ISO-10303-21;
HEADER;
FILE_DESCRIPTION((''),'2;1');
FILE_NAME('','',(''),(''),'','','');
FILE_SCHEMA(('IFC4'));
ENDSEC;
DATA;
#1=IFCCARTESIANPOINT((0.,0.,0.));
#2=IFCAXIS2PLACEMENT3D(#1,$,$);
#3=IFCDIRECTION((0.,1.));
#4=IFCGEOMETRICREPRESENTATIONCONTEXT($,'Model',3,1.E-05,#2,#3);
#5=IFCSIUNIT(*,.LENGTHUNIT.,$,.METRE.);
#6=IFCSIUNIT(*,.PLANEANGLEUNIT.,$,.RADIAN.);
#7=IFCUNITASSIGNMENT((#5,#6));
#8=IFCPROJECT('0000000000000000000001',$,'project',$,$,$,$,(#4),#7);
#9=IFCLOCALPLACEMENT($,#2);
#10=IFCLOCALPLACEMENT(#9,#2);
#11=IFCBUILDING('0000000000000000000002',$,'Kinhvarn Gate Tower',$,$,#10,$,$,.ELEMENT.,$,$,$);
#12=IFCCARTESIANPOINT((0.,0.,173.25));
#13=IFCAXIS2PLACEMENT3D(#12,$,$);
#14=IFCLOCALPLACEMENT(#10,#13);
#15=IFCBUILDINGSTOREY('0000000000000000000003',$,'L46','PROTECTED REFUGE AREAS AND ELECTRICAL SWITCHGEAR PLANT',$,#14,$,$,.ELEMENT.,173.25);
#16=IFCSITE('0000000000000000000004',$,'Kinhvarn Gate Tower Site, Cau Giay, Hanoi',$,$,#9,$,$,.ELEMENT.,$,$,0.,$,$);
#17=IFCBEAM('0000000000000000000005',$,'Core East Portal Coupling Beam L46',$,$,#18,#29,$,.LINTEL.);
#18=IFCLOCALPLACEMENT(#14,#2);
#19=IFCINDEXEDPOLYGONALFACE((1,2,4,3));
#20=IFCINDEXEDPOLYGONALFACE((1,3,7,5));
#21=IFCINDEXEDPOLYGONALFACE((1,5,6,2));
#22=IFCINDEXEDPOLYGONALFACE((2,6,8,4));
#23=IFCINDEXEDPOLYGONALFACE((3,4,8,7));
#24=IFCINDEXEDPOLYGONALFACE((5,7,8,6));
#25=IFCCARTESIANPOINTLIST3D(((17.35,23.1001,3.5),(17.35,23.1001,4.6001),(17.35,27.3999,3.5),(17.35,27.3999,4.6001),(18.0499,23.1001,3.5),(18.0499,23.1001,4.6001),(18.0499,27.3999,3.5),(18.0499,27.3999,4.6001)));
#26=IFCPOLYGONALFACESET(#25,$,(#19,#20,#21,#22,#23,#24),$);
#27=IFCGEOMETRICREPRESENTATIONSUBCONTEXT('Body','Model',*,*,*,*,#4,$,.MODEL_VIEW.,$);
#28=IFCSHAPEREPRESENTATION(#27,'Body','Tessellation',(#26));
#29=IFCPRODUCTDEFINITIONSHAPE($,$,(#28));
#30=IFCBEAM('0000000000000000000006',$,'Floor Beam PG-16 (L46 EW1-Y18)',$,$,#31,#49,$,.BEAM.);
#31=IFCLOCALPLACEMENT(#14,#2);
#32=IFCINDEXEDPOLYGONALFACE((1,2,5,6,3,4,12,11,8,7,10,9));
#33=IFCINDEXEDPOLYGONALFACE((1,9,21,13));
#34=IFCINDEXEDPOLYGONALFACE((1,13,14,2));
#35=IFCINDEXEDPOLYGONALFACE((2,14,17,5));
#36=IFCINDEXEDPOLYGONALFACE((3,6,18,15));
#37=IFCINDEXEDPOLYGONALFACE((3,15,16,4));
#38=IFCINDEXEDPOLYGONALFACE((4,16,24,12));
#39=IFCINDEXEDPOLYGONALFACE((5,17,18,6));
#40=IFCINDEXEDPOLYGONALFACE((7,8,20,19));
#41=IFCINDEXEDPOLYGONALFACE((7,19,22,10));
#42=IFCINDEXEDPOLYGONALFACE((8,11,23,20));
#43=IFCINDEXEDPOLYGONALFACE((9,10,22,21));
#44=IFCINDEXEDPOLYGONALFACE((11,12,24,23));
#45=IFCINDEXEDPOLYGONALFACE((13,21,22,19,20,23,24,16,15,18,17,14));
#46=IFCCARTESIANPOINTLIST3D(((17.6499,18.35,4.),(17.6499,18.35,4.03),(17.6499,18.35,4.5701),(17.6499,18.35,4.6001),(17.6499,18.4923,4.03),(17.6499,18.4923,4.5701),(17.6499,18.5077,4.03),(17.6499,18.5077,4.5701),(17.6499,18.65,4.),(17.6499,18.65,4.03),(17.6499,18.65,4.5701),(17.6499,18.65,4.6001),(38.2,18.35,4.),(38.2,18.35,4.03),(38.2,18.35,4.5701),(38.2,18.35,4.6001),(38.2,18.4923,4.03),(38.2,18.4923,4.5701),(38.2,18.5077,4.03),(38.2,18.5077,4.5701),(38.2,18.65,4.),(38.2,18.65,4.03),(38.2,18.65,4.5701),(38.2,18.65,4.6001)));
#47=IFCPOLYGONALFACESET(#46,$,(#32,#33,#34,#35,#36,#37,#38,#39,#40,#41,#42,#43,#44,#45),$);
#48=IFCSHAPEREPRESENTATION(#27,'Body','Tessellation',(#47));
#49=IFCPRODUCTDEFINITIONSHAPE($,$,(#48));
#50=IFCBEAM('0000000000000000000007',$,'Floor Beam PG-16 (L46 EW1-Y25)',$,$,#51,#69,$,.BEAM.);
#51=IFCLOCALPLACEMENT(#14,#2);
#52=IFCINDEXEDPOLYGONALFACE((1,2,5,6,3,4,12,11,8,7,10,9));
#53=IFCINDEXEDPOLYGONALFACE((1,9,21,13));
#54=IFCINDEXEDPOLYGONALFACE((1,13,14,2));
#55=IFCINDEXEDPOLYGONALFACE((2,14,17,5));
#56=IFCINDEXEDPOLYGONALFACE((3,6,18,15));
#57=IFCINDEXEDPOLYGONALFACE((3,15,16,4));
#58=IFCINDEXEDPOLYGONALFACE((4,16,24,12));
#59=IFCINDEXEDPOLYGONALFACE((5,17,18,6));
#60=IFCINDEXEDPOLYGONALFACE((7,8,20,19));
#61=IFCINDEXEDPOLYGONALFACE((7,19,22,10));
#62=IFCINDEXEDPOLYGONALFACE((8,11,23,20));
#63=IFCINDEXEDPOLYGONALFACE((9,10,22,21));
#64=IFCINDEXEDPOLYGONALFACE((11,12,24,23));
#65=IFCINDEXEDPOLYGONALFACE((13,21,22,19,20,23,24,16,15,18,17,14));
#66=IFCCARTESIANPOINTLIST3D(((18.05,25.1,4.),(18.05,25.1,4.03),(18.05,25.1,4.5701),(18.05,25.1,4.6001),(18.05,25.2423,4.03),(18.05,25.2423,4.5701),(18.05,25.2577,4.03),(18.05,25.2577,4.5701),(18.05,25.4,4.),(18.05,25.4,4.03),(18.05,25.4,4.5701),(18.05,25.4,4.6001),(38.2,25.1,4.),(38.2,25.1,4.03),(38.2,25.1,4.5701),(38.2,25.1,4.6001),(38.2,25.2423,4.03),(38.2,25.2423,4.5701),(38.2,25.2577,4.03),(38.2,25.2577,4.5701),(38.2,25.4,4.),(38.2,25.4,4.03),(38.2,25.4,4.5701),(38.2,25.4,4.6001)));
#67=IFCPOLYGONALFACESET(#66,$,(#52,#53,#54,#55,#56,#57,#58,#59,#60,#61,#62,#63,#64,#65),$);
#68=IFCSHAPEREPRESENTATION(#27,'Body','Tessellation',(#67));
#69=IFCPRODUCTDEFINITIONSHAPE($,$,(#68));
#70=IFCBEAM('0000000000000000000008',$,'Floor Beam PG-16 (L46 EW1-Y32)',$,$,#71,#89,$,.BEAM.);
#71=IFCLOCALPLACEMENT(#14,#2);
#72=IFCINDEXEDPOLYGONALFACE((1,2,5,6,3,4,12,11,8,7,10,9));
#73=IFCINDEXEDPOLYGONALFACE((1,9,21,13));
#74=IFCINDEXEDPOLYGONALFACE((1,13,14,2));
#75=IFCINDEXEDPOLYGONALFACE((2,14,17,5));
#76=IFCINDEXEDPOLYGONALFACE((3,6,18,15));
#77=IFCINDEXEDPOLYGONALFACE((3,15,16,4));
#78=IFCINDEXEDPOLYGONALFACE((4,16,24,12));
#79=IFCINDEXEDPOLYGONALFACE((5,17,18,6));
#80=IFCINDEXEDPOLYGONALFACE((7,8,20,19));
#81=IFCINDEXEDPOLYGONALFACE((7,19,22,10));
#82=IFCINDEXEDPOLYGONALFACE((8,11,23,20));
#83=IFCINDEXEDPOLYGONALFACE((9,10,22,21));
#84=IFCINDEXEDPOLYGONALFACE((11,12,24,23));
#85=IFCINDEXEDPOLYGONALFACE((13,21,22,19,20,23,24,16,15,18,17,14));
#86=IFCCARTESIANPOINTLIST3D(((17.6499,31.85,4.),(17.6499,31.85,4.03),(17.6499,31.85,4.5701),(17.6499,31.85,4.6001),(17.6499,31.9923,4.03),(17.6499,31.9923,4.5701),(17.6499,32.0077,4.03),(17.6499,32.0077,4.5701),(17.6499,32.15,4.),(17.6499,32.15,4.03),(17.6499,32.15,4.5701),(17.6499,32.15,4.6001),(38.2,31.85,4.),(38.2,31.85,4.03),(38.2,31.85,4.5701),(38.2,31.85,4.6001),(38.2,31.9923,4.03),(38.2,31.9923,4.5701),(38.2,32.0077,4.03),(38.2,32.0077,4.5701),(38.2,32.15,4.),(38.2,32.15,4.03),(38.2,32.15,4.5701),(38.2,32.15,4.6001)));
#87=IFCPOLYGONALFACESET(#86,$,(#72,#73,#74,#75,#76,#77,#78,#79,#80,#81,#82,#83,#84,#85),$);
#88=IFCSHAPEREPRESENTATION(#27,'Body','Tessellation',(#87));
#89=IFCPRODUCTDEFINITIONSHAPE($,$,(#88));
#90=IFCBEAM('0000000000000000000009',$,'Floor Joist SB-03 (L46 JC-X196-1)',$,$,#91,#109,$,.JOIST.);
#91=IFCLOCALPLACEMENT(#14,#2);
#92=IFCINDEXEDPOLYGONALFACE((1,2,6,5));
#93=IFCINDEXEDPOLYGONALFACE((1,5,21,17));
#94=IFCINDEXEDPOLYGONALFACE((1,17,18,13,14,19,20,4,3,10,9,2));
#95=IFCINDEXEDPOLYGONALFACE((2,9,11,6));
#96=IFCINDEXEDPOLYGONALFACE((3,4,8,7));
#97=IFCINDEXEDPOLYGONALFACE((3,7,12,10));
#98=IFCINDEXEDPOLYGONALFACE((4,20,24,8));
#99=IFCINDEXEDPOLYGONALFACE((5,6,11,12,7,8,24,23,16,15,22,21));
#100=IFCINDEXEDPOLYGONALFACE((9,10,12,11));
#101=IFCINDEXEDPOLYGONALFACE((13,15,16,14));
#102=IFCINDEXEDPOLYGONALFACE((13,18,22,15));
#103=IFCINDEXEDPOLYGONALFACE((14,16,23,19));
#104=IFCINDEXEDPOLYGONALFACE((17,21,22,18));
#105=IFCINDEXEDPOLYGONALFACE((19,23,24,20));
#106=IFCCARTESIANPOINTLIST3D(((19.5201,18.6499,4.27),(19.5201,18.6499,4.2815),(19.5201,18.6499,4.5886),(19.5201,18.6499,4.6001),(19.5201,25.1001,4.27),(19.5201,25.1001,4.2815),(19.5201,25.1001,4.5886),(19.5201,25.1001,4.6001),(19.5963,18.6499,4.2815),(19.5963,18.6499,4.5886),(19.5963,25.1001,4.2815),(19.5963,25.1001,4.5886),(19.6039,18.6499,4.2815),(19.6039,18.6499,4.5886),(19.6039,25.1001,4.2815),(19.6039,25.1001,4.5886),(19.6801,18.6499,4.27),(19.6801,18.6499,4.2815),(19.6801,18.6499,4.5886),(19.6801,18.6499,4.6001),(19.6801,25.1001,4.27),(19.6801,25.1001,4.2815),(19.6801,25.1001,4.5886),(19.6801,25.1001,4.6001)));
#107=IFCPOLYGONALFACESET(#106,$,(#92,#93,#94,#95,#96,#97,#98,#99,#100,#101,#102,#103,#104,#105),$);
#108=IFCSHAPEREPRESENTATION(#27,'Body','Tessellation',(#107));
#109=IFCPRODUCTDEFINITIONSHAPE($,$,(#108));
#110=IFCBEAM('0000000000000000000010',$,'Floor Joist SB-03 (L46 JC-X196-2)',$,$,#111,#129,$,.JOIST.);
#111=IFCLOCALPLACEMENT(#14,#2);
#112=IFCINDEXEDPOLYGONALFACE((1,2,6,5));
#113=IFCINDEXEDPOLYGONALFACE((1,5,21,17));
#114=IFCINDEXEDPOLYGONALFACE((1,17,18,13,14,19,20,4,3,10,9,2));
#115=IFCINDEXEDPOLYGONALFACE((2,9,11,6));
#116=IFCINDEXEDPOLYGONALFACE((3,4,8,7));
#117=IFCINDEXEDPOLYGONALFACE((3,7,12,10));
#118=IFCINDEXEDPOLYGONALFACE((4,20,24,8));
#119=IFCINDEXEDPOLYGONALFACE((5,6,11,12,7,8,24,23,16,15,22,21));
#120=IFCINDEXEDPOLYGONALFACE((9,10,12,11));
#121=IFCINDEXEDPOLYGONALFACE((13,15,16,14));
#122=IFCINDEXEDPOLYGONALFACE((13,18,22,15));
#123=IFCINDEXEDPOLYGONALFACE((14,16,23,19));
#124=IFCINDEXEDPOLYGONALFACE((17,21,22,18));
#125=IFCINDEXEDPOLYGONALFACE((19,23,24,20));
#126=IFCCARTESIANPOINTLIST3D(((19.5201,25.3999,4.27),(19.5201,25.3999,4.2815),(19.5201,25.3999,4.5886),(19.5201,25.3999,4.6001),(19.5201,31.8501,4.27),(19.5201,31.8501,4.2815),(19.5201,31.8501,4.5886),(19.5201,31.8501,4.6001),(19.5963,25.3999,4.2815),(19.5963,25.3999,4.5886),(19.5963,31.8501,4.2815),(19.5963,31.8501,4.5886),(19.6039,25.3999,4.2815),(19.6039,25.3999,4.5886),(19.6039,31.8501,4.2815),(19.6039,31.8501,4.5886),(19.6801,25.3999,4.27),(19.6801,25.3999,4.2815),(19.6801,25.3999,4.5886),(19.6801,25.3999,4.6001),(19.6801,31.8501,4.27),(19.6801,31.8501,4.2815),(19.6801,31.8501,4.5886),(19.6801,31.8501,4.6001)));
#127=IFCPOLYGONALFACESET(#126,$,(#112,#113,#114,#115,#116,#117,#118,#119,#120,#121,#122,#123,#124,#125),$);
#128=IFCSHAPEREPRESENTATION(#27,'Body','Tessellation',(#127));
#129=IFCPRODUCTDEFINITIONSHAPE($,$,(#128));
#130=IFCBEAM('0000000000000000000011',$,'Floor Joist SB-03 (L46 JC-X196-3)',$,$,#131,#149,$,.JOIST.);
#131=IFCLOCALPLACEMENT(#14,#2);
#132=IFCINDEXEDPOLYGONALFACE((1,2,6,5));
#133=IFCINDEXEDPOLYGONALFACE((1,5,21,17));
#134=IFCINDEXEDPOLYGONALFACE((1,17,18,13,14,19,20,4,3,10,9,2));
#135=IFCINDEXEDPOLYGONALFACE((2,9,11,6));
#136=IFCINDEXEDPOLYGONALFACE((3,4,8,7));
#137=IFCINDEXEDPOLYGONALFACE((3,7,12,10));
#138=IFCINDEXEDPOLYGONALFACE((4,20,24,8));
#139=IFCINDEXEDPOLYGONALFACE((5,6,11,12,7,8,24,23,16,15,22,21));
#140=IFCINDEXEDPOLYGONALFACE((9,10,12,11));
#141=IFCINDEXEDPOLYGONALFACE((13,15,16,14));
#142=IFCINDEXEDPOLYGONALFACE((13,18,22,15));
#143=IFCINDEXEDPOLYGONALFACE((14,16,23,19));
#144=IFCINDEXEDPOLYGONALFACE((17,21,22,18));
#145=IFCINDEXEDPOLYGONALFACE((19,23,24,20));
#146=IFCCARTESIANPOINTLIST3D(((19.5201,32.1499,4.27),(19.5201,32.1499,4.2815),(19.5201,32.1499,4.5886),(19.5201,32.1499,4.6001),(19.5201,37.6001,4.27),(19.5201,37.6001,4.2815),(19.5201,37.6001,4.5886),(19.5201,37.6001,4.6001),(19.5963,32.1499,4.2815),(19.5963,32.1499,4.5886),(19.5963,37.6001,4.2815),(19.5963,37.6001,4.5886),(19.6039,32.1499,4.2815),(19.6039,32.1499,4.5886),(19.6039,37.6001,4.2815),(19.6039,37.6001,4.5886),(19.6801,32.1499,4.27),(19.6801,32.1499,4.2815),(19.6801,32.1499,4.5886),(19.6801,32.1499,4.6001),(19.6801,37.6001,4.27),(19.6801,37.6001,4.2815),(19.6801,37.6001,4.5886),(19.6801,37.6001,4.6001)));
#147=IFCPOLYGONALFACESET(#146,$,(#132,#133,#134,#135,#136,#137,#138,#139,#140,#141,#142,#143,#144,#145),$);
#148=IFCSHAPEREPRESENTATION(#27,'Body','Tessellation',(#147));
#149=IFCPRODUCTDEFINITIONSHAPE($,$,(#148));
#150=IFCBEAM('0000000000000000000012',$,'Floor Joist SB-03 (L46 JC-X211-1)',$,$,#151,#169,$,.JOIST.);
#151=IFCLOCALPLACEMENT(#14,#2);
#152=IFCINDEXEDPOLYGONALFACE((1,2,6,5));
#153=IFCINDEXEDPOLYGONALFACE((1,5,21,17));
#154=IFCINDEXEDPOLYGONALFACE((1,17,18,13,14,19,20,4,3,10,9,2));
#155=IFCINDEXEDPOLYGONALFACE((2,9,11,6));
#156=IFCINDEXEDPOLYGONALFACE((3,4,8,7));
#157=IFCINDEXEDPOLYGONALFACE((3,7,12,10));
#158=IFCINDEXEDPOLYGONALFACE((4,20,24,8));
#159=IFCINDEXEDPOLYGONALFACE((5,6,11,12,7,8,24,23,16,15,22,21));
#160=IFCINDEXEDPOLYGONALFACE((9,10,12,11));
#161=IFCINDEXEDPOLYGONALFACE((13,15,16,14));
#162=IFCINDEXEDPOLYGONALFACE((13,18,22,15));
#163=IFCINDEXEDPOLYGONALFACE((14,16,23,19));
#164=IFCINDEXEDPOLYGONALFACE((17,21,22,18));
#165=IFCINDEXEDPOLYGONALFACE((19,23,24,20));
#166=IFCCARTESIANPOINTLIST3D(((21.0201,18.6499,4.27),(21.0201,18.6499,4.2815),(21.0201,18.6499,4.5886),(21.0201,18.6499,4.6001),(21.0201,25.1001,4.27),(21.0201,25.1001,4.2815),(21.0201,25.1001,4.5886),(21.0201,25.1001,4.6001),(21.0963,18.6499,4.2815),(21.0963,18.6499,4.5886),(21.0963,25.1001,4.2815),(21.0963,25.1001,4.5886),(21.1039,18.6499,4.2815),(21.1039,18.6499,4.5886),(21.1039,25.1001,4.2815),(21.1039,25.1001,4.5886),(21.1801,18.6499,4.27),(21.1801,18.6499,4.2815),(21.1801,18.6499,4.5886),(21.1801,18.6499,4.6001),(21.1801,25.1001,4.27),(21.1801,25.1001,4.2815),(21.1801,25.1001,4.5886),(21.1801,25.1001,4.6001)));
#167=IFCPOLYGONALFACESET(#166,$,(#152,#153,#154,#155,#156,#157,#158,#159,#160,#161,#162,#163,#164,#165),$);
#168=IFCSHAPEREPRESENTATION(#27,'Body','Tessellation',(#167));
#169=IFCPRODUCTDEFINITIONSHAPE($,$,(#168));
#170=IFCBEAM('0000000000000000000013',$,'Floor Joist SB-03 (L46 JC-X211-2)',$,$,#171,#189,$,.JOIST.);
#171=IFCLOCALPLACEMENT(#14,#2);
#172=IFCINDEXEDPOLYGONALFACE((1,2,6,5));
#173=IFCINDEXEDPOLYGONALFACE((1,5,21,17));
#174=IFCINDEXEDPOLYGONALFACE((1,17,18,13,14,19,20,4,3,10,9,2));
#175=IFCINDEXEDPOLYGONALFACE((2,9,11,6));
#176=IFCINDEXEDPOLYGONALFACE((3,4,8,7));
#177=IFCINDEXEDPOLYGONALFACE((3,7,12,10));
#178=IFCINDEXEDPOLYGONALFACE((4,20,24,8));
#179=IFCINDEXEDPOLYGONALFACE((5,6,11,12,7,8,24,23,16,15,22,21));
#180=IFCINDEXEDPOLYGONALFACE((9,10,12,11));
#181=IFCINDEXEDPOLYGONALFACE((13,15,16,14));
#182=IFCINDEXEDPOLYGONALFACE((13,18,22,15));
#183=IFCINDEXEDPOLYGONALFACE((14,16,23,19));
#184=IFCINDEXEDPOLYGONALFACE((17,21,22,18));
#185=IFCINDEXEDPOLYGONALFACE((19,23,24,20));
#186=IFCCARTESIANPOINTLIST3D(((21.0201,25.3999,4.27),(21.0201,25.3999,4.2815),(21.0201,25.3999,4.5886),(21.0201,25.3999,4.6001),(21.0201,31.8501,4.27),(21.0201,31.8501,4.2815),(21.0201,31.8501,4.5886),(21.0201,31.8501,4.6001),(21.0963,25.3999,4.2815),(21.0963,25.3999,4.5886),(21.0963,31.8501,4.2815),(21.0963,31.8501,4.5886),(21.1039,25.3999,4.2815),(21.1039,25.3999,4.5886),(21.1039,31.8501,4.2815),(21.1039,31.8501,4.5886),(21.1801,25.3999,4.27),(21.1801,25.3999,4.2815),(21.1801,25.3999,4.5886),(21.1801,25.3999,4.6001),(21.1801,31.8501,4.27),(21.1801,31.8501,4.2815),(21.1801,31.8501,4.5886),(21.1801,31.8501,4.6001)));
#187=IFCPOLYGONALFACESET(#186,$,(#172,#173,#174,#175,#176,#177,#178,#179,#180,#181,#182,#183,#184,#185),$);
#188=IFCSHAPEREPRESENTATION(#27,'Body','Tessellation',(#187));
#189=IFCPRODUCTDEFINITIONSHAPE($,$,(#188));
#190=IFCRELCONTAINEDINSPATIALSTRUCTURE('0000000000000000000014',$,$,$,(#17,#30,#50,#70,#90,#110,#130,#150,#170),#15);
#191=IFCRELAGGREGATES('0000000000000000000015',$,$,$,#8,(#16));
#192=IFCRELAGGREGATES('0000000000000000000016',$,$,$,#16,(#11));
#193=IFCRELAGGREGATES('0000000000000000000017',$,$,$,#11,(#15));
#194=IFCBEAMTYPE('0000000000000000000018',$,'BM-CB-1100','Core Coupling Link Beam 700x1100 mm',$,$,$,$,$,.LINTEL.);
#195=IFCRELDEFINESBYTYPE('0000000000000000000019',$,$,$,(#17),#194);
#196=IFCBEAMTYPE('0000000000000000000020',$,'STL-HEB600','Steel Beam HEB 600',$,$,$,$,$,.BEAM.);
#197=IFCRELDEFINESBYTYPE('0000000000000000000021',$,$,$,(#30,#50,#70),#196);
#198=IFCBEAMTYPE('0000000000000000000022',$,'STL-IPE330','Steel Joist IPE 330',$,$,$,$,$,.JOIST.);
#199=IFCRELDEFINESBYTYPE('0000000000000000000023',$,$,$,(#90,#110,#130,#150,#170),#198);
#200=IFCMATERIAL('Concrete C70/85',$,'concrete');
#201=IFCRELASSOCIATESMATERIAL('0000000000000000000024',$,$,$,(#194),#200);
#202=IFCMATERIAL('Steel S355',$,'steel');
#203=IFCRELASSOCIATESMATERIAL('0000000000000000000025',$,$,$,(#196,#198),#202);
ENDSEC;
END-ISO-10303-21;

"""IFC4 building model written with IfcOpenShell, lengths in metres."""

from ifc_helpers import new_model, si_unit, direction, frame, origin, origin_2d, place, context, subcontext, project, spatial, rectangle, i_section, extrude, material, material_profile, profile_set, type_object, element, save


model = new_model("IFC4")

# Units and contexts
model_context = context("Model", 3, precision=1e-05, world=origin(), true_north=direction((0.0, 1.0)))
body_context = subcontext(model_context, "Body", "Model", "MODEL_VIEW")
ifc_project = project(units=[si_unit("LENGTHUNIT", "METRE"), si_unit("PLANEANGLEUNIT", "RADIAN")], contexts=[model_context])

# Site, building, storey
site_placement = place(None, origin())
site = spatial("IfcSite", under=ifc_project, at=site_placement, Name="Kinhvarn Gate Tower Site, Cau Giay, Hanoi", CompositionType="ELEMENT", RefElevation=0.0)
building_placement = place(site_placement, origin())
building = spatial("IfcBuilding", under=site, at=building_placement, Name="Kinhvarn Gate Tower", CompositionType="ELEMENT")
storey_placement = place(building_placement, frame((0.0, 0.0, 173.25)))
storey = spatial("IfcBuildingStorey", under=building, at=storey_placement, Name="L46", Description="PROTECTED REFUGE AREAS AND ELECTRICAL SWITCHGEAR PLANT", CompositionType="ELEMENT", Elevation=173.25)

# Beams
ifc_material_1 = material(Name="Concrete C70/85", Category="concrete")
ifc_material_profile_1 = material_profile(ifc_material_1, rectangle(XDim=0.7, YDim=1.1001, at=origin_2d()), Name="RC 700x1100")
ifc_profile_set_1 = profile_set([ifc_material_profile_1], Name="Concrete C70/85")
beam_type_1 = type_object("IfcBeamType", Name="BM-CB-1100", Description="Core Coupling Link Beam 700x1100 mm", PredefinedType="LINTEL", material=ifc_profile_set_1)
beam_1_placement = place(storey_placement, frame((17.7, 23.1001, 4.05), z_axis=(0.0, 1.0, 0.0), x_axis=(-1.0, 0.0, 0.0)))
element("IfcBeam", 1, at=beam_1_placement, inside=storey, type_object=beam_type_1, Name="Core East Portal Coupling Beam L46", PredefinedType="LINTEL", context=body_context, shape_type="SweptSolid", body=[
    extrude(rectangle(XDim=0.7, YDim=1.1001, at=origin_2d()), origin(), (0.0, 0.0, 1.0), 4.2998),
])
ifc_material_2 = material(Name="Steel S355", Category="steel")
ifc_material_profile_2 = material_profile(ifc_material_2, i_section(OverallWidth=0.3, OverallDepth=0.6001, WebThickness=0.0154, FlangeThickness=0.03, at=origin_2d()), Name="HEB 600")
ifc_profile_set_2 = profile_set([ifc_material_profile_2], Name="Steel S355")
beam_type_2 = type_object("IfcBeamType", Name="STL-HEB600", Description="Steel Beam HEB 600", PredefinedType="BEAM", material=ifc_profile_set_2)
beam_2_placement = place(storey_placement, frame((17.6499, 18.5, 4.3), z_axis=(1.0, 0.0, 0.0), x_axis=(0.0, 1.0, 0.0)))
element("IfcBeam", 2, at=beam_2_placement, inside=storey, type_object=beam_type_2, Name="Floor Beam PG-16 (L46 EW1-Y18)", PredefinedType="BEAM", context=body_context, shape_type="SweptSolid", body=[
    extrude(i_section(OverallWidth=0.3, OverallDepth=0.6001, WebThickness=0.0154, FlangeThickness=0.03, at=origin_2d()), origin(), (0.0, 0.0, 1.0), 20.55),
])
beam_3_placement = place(storey_placement, frame((18.05, 25.25, 4.3), z_axis=(1.0, 0.0, 0.0), x_axis=(0.0, 1.0, 0.0)))
element("IfcBeam", 3, at=beam_3_placement, inside=storey, type_object=beam_type_2, Name="Floor Beam PG-16 (L46 EW1-Y25)", PredefinedType="BEAM", context=body_context, shape_type="SweptSolid", body=[
    extrude(i_section(OverallWidth=0.3, OverallDepth=0.6001, WebThickness=0.0154, FlangeThickness=0.03, at=origin_2d()), origin(), (0.0, 0.0, 1.0), 20.1499),
])
beam_4_placement = place(storey_placement, frame((17.6499, 32.0, 4.3), z_axis=(1.0, 0.0, 0.0), x_axis=(0.0, 1.0, 0.0)))
element("IfcBeam", 4, at=beam_4_placement, inside=storey, type_object=beam_type_2, Name="Floor Beam PG-16 (L46 EW1-Y32)", PredefinedType="BEAM", context=body_context, shape_type="SweptSolid", body=[
    extrude(i_section(OverallWidth=0.3, OverallDepth=0.6001, WebThickness=0.0154, FlangeThickness=0.03, at=origin_2d()), origin(), (0.0, 0.0, 1.0), 20.55),
])
ifc_material_profile_3 = material_profile(ifc_material_2, i_section(OverallWidth=0.1599, OverallDepth=0.3301, WebThickness=0.0076, FlangeThickness=0.0115, at=origin_2d()), Name="IPE 330")
ifc_profile_set_3 = profile_set([ifc_material_profile_3], Name="Steel S355")
beam_type_3 = type_object("IfcBeamType", Name="STL-IPE330", Description="Steel Joist IPE 330", PredefinedType="JOIST", material=ifc_profile_set_3)
for number, where, z_axis, x_axis, name in (
    (5, (19.6001, 18.6499, 4.4351), (0.0, 1.0, 0.0), (-1.0, 0.0, 0.0), "Floor Joist SB-03 (L46 JC-X196-1)"),
    (6, (19.6001, 25.3999, 4.4351), (0.0, 1.0, 0.0), (-1.0, 0.0, 0.0), "Floor Joist SB-03 (L46 JC-X196-2)"),
):
    element("IfcBeam", number, at=place(storey_placement, frame(where, z_axis=z_axis, x_axis=x_axis)), inside=storey, type_object=beam_type_3, Name=name, PredefinedType="JOIST", context=body_context, shape_type="SweptSolid", body=[
        extrude(i_section(OverallWidth=0.1599, OverallDepth=0.3301, WebThickness=0.0076, FlangeThickness=0.0115, at=origin_2d()), origin(), (0.0, 0.0, 1.0), 6.4502),
    ])
beam_5_placement = place(storey_placement, frame((19.6001, 32.1499, 4.4351), z_axis=(0.0, 1.0, 0.0), x_axis=(-1.0, 0.0, 0.0)))
element("IfcBeam", 7, at=beam_5_placement, inside=storey, type_object=beam_type_3, Name="Floor Joist SB-03 (L46 JC-X196-3)", PredefinedType="JOIST", context=body_context, shape_type="SweptSolid", body=[
    extrude(i_section(OverallWidth=0.1599, OverallDepth=0.3301, WebThickness=0.0076, FlangeThickness=0.0115, at=origin_2d()), origin(), (0.0, 0.0, 1.0), 5.4502),
])
for number, where, z_axis, x_axis, name in (
    (8, (21.1001, 18.6499, 4.4351), (0.0, 1.0, 0.0), (-1.0, 0.0, 0.0), "Floor Joist SB-03 (L46 JC-X211-1)"),
    (9, (21.1001, 25.3999, 4.4351), (0.0, 1.0, 0.0), (-1.0, 0.0, 0.0), "Floor Joist SB-03 (L46 JC-X211-2)"),
):
    element("IfcBeam", number, at=place(storey_placement, frame(where, z_axis=z_axis, x_axis=x_axis)), inside=storey, type_object=beam_type_3, Name=name, PredefinedType="JOIST", context=body_context, shape_type="SweptSolid", body=[
        extrude(i_section(OverallWidth=0.1599, OverallDepth=0.3301, WebThickness=0.0076, FlangeThickness=0.0115, at=origin_2d()), origin(), (0.0, 0.0, 1.0), 6.4502),
    ])

save(model, "model.ifc")
